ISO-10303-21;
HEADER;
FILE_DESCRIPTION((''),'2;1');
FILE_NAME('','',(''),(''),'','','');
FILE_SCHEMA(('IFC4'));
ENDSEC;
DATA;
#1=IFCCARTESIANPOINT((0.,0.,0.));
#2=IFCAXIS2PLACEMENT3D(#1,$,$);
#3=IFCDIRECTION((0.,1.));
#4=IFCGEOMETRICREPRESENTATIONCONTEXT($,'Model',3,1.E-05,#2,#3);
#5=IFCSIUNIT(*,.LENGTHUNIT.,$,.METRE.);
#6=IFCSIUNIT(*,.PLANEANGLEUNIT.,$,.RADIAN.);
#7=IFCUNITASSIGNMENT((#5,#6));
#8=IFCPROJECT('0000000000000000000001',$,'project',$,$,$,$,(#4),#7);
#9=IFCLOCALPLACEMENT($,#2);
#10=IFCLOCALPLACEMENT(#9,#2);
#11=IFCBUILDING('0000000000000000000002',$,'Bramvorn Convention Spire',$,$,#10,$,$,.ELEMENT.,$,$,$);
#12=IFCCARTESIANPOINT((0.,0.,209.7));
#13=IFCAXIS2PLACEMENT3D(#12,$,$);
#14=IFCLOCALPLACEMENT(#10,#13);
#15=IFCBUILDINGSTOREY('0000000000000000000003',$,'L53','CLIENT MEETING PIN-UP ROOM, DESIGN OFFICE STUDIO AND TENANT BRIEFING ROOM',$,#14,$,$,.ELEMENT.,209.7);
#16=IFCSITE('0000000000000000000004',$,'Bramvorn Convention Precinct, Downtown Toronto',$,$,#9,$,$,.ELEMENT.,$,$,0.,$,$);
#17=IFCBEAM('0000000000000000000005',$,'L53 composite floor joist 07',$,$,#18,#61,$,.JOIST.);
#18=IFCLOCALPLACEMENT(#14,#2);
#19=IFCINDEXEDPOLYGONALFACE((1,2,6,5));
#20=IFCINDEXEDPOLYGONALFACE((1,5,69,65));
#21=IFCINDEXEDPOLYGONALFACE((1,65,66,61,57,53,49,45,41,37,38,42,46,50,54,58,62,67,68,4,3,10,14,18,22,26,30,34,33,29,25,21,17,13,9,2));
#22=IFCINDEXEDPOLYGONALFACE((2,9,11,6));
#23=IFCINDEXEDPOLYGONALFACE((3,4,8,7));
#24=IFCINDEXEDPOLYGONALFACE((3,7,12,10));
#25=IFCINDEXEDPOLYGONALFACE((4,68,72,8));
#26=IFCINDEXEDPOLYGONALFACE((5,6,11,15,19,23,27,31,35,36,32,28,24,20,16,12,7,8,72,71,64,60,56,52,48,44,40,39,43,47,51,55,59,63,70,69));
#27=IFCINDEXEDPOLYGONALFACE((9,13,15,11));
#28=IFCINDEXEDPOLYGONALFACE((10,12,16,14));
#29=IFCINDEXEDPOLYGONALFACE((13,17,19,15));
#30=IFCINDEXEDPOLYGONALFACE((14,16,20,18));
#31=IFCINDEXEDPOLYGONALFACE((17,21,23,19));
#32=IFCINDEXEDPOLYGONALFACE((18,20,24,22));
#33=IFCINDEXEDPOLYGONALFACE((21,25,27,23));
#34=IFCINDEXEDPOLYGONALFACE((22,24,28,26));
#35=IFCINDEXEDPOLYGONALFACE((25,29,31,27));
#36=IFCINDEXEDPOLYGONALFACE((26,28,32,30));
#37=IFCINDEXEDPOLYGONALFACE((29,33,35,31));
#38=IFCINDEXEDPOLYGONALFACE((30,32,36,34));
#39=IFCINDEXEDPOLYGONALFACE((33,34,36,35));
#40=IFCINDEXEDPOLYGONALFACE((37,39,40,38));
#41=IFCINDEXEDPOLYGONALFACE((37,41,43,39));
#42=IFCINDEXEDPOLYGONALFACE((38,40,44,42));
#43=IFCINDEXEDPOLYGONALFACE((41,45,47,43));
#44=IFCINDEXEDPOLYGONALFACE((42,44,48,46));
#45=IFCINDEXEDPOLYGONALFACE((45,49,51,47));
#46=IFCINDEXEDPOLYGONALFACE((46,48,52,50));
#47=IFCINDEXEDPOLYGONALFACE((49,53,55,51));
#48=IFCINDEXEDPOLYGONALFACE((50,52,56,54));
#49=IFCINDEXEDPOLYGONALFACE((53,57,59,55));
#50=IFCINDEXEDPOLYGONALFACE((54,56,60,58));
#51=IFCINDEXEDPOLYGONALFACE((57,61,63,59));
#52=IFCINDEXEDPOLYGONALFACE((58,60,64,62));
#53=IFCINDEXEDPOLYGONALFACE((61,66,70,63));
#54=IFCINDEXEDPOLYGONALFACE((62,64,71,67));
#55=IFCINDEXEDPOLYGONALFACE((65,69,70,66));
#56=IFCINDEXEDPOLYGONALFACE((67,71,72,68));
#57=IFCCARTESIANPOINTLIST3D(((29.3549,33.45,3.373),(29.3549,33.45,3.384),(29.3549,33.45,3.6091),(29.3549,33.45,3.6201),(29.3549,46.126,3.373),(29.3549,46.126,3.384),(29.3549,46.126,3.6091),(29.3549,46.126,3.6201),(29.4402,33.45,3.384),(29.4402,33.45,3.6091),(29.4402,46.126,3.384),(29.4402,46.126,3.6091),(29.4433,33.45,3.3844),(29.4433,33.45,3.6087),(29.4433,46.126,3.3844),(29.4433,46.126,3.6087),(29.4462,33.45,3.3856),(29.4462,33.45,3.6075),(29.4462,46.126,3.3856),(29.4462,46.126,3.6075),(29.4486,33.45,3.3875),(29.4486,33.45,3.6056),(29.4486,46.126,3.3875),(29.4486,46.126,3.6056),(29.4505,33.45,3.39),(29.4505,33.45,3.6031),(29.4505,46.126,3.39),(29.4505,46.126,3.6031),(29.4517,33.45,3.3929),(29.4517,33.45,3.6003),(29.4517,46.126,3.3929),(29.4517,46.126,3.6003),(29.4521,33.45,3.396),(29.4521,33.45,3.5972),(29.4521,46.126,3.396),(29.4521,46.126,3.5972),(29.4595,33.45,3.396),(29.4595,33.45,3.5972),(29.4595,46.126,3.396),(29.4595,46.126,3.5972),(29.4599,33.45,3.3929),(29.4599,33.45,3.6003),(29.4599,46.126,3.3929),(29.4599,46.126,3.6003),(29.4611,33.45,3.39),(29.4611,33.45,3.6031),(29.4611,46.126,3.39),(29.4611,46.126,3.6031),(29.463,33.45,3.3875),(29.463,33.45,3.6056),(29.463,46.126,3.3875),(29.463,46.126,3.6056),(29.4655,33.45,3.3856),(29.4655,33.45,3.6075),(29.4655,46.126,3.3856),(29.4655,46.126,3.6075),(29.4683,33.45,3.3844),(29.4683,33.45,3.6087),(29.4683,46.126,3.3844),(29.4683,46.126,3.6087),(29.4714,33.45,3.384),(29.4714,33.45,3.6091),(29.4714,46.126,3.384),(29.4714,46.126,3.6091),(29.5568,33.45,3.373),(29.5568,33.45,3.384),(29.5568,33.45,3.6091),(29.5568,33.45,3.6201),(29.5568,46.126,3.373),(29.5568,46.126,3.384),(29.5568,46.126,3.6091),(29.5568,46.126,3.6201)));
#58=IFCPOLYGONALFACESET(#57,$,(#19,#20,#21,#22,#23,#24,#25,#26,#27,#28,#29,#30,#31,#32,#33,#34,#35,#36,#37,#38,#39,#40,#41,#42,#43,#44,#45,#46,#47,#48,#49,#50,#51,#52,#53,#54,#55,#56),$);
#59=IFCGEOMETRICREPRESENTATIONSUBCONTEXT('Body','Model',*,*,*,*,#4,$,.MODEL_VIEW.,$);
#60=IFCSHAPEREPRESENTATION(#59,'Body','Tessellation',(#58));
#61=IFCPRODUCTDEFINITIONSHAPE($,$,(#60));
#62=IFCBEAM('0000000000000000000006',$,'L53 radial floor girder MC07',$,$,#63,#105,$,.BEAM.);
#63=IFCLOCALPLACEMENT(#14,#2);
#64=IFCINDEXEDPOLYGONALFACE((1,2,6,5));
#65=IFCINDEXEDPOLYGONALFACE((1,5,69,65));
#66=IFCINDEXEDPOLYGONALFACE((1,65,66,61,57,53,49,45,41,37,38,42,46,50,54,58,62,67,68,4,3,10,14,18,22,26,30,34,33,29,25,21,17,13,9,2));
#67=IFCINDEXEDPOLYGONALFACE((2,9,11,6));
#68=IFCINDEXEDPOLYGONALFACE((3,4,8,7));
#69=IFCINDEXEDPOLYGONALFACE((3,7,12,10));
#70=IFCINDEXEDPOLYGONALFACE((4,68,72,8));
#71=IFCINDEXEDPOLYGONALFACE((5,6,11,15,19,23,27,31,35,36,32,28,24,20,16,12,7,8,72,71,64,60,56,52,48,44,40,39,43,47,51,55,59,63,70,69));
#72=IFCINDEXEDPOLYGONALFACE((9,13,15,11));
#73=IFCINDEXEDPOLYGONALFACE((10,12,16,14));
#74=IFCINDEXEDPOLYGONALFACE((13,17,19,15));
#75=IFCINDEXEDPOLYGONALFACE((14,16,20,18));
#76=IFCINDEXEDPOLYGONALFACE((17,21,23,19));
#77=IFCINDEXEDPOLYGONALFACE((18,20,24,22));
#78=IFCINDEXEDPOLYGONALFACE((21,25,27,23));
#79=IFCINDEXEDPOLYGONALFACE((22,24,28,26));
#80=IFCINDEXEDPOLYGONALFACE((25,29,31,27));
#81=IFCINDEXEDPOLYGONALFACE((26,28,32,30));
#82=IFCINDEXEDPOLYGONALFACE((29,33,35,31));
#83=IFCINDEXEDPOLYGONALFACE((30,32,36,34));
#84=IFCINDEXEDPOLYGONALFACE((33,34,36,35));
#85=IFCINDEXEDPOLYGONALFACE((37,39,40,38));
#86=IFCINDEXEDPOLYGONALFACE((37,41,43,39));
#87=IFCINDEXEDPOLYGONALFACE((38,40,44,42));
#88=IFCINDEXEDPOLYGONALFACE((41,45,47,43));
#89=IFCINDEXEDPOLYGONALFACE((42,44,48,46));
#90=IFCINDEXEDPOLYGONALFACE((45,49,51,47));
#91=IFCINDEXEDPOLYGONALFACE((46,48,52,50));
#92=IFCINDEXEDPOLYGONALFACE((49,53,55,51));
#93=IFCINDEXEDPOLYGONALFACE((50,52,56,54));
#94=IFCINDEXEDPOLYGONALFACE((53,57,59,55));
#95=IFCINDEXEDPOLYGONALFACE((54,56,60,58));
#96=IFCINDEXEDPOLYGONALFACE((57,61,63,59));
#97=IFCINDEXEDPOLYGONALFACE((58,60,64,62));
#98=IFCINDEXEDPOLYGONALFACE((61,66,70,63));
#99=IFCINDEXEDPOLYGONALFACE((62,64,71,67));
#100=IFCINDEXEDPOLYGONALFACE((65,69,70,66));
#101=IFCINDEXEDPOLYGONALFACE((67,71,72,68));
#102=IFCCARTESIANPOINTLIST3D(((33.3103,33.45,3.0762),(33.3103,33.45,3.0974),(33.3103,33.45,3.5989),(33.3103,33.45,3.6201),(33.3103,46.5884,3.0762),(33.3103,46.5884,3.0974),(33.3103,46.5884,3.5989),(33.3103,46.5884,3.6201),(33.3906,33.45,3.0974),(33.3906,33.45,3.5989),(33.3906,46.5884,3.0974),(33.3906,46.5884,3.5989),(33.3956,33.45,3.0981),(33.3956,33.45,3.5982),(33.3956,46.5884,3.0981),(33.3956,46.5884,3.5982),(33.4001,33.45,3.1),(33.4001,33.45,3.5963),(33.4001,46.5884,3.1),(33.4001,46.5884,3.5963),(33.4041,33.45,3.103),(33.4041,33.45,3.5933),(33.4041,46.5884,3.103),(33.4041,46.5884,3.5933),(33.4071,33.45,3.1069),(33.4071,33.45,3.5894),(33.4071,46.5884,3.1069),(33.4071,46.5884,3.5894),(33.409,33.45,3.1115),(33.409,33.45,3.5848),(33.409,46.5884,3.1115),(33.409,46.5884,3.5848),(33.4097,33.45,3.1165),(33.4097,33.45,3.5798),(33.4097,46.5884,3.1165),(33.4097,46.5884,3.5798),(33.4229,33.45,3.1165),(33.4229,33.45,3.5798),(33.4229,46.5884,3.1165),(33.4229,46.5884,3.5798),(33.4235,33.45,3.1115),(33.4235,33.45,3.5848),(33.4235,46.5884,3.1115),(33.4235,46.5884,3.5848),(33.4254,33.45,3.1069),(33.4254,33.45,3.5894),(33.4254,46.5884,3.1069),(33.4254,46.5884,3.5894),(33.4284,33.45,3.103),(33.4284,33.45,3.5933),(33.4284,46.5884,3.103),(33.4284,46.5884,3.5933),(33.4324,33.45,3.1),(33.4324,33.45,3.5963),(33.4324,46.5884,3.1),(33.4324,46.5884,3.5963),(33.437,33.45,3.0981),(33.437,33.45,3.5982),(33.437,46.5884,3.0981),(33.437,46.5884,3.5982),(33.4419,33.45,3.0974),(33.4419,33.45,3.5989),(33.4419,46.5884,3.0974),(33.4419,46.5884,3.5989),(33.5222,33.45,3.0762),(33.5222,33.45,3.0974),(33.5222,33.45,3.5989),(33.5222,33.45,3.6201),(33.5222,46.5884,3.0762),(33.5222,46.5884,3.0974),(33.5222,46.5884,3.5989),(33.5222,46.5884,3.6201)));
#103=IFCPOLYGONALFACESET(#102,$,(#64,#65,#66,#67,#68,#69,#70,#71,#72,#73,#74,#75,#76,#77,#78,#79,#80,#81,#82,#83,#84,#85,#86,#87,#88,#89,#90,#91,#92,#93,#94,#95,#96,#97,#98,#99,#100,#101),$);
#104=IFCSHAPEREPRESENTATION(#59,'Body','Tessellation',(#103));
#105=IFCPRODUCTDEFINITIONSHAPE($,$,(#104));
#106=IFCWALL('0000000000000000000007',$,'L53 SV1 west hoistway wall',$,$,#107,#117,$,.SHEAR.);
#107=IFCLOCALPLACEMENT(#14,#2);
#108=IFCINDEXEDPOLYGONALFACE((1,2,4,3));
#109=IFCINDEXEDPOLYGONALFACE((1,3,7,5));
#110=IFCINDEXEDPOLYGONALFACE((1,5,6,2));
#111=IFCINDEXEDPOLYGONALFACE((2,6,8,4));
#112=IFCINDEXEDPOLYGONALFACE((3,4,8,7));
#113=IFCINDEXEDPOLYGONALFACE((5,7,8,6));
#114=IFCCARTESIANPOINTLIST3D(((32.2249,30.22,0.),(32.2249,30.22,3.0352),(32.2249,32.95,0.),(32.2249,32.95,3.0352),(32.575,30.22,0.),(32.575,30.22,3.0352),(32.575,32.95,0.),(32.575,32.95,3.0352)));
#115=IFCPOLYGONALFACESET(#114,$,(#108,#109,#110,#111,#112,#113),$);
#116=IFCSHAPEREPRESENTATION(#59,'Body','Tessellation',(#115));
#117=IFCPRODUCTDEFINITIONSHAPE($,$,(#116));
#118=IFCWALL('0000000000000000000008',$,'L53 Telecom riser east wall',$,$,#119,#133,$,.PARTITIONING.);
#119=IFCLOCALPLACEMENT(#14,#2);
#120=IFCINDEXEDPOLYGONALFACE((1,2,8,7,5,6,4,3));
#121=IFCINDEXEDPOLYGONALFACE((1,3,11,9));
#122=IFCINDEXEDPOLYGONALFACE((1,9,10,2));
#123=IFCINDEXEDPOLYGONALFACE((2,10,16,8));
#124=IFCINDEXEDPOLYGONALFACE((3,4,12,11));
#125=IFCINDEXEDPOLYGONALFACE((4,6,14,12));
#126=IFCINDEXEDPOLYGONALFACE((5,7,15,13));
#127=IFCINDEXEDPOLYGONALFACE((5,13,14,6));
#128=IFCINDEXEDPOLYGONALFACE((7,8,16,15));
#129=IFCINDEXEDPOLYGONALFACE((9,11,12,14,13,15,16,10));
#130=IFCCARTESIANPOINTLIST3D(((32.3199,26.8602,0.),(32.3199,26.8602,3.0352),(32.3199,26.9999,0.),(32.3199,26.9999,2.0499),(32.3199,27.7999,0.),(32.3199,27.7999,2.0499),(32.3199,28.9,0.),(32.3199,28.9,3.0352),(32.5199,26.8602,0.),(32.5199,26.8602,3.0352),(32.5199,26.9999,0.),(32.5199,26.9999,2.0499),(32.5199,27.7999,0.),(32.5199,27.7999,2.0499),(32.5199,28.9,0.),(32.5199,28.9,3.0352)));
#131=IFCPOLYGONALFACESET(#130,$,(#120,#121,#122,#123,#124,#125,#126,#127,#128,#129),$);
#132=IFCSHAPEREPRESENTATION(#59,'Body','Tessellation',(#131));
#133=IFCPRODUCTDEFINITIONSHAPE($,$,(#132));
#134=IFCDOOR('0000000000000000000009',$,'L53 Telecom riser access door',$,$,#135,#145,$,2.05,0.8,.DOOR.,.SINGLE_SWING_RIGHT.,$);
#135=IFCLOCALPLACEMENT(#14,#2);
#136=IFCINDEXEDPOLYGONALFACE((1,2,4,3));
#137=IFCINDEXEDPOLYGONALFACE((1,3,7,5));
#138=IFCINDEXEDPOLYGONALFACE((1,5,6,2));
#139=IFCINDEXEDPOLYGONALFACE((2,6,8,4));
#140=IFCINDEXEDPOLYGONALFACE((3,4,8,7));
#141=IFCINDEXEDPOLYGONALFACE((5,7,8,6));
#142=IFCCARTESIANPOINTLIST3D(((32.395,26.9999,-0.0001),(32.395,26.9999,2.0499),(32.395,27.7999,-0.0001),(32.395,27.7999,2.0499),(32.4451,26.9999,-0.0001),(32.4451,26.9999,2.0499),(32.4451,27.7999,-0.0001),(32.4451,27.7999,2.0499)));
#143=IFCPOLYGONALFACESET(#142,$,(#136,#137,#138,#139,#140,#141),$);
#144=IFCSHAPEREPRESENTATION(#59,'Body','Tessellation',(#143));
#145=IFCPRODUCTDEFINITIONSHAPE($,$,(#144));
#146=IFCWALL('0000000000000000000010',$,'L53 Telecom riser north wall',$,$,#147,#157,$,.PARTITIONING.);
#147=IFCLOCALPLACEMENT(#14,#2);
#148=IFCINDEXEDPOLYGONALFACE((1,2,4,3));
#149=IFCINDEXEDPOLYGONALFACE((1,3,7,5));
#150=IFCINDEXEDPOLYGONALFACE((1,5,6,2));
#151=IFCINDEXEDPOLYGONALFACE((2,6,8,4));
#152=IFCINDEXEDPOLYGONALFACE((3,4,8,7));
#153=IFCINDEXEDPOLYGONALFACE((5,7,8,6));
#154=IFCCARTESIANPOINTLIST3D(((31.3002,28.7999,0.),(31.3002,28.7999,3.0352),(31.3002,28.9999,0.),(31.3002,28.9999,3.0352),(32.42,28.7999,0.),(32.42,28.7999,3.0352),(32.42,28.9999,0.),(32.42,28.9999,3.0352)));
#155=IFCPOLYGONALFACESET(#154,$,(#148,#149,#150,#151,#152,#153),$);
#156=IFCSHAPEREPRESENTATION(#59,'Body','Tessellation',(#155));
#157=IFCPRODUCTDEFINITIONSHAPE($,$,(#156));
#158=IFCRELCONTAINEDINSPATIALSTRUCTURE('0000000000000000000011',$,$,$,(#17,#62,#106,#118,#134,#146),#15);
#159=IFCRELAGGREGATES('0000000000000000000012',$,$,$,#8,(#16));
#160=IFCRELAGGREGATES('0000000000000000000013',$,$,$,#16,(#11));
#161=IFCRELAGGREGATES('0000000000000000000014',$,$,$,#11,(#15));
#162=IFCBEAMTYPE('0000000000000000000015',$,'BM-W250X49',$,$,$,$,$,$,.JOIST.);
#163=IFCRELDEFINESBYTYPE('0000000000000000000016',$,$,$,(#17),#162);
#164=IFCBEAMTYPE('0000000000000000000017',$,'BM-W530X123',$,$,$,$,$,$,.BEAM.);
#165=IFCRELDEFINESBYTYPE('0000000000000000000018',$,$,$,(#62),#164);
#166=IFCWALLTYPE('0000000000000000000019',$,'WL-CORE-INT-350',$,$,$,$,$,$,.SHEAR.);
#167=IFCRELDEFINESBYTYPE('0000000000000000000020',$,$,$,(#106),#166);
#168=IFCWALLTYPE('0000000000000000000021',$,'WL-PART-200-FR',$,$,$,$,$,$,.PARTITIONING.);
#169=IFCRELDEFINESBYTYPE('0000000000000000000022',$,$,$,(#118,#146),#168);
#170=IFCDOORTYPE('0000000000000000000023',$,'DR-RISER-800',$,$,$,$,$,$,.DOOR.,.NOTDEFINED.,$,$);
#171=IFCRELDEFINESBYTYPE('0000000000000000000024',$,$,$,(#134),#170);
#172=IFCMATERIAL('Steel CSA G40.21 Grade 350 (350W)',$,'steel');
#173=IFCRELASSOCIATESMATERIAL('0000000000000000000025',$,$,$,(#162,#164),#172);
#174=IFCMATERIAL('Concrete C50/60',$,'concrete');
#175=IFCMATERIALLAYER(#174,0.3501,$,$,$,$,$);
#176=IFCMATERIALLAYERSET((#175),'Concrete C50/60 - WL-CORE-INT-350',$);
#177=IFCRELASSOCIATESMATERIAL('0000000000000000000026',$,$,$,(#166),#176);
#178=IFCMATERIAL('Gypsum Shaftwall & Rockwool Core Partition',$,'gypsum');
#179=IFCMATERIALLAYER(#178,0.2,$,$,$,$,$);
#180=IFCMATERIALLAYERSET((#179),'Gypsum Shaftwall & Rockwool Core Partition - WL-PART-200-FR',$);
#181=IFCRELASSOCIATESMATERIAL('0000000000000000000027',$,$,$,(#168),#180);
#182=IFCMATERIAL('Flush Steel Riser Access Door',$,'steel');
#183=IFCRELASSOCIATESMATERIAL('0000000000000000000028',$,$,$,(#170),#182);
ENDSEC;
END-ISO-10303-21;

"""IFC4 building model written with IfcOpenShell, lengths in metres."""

from ifc_helpers import new_model, si_unit, direction, frame, frame_2d, origin, origin_2d, place, context, subcontext, project, spatial, rectangle, i_section, extrude, material, layer, layer_set, material_profile, profile_set, type_object, element, fill, save


model = new_model("IFC4")

# Units and contexts
model_context = context("Model", 3, precision=1e-05, world=origin(), true_north=direction((0.0, 1.0)))
body_context = subcontext(model_context, "Body", "Model", "MODEL_VIEW")
ifc_project = project(units=[si_unit("LENGTHUNIT", "METRE"), si_unit("PLANEANGLEUNIT", "RADIAN")], contexts=[model_context])

# Site, building, storey
site_placement = place(None, origin())
site = spatial("IfcSite", under=ifc_project, at=site_placement, Name="Bramvorn Convention Precinct, Downtown Toronto", CompositionType="ELEMENT", RefElevation=0.0)
building_placement = place(site_placement, origin())
building = spatial("IfcBuilding", under=site, at=building_placement, Name="Bramvorn Convention Spire", CompositionType="ELEMENT")
storey_placement = place(building_placement, frame((0.0, 0.0, 209.7)))
storey = spatial("IfcBuildingStorey", under=building, at=storey_placement, Name="L53", Description="CLIENT MEETING PIN-UP ROOM, DESIGN OFFICE STUDIO AND TENANT BRIEFING ROOM", CompositionType="ELEMENT", Elevation=209.7)

# Beams
ifc_material_1 = material(Name="Steel CSA G40.21 Grade 350 (350W)", Category="steel")
ifc_material_profile_1 = material_profile(ifc_material_1, i_section(OverallWidth=0.2019, OverallDepth=0.2471, WebThickness=0.0073, FlangeThickness=0.011, FilletRadius=0.012, at=origin_2d()))
ifc_profile_set_1 = profile_set([ifc_material_profile_1], Name="Steel CSA G40.21 Grade 350 (350W) - W250X49")
beam_type_1 = type_object("IfcBeamType", Name="BM-W250X49", PredefinedType="JOIST", material=ifc_profile_set_1)
beam_1_placement = place(storey_placement, frame((29.4558, 33.45, 3.4966), z_axis=(0.0, 1.0, 0.0), x_axis=(-1.0, 0.0, 0.0)))
element("IfcBeam", 1, at=beam_1_placement, inside=storey, type_object=beam_type_1, Name="L53 composite floor joist 07", PredefinedType="JOIST", context=body_context, shape_type="SweptSolid", body=[
    extrude(i_section(OverallWidth=0.2019, OverallDepth=0.2471, WebThickness=0.0073, FlangeThickness=0.011, FilletRadius=0.012, at=origin_2d()), origin(), (0.0, 0.0, 1.0), 12.676),
])
ifc_material_profile_2 = material_profile(ifc_material_1, i_section(OverallWidth=0.2119, OverallDepth=0.5439, WebThickness=0.0132, FlangeThickness=0.0212, FilletRadius=0.019, at=origin_2d()))
ifc_profile_set_2 = profile_set([ifc_material_profile_2], Name="Steel CSA G40.21 Grade 350 (350W) - W530X123")
beam_type_2 = type_object("IfcBeamType", Name="BM-W530X123", PredefinedType="BEAM", material=ifc_profile_set_2)
beam_2_placement = place(storey_placement, frame((33.4163, 33.45, 3.3481), z_axis=(0.0, 1.0, 0.0), x_axis=(-1.0, 0.0, 0.0)))
element("IfcBeam", 2, at=beam_2_placement, inside=storey, type_object=beam_type_2, Name="L53 radial floor girder MC07", PredefinedType="BEAM", context=body_context, shape_type="SweptSolid", body=[
    extrude(i_section(OverallWidth=0.2119, OverallDepth=0.5439, WebThickness=0.0132, FlangeThickness=0.0212, FilletRadius=0.019, at=origin_2d()), origin(), (0.0, 0.0, 1.0), 13.1384),
])

# Shared definitions
ifc_material_2 = material(Name="Concrete C50/60", Category="concrete")
ifc_layer_1 = layer(ifc_material_2, 0.3501)
ifc_layer_set_1 = layer_set([ifc_layer_1], Name="Concrete C50/60 - WL-CORE-INT-350")
wall_type_1 = type_object("IfcWallType", Name="WL-CORE-INT-350", PredefinedType="SHEAR", material=ifc_layer_set_1)

# Wall
wall_1_placement = place(storey_placement, frame((32.3999, 30.22, 0.0), z_axis=(0.0, 0.0, 1.0), x_axis=(0.0, 1.0, 0.0)))
element("IfcWall", 3, at=wall_1_placement, inside=storey, type_object=wall_type_1, Name="L53 SV1 west hoistway wall", PredefinedType="SHEAR", context=body_context, shape_type="SweptSolid", body=[
    extrude(rectangle(XDim=2.73, YDim=0.3501, at=frame_2d((1.365, 0.0))), origin(), (0.0, 0.0, 1.0), 3.0352),
])

# Wall, opening, door
ifc_material_3 = material(Name="Gypsum Shaftwall & Rockwool Core Partition", Category="gypsum")
ifc_layer_2 = layer(ifc_material_3, 0.2)
ifc_layer_set_2 = layer_set([ifc_layer_2], Name="Gypsum Shaftwall & Rockwool Core Partition - WL-PART-200-FR")
wall_type_2 = type_object("IfcWallType", Name="WL-PART-200-FR", PredefinedType="PARTITIONING", material=ifc_layer_set_2)
wall_2_placement = place(storey_placement, frame((32.4199, 26.8601, 0.0), z_axis=(0.0, 0.0, 1.0), x_axis=(0.0, 1.0, 0.0)))
wall_2 = element("IfcWall", 4, at=wall_2_placement, inside=storey, type_object=wall_type_2, Name="L53 Telecom riser east wall", PredefinedType="PARTITIONING", context=body_context, shape_type="SweptSolid", body=[
    extrude(rectangle(XDim=2.0398, YDim=0.2, at=frame_2d((1.02, 0.0))), origin(), (0.0, 0.0, 1.0), 3.0352),
])
opening_1_placement = place(wall_2_placement, frame((0.1399, 0.0, 0.0)))
opening_1 = element("IfcOpeningElement", 5, at=opening_1_placement, cuts=wall_2, PredefinedType="OPENING", context=body_context, shape_type="SweptSolid", body=[
    extrude(rectangle(XDim=0.8, YDim=2.05, at=frame_2d((0.3999, 1.0249))), frame((0.0, 0.1099, 0.0), z_axis=(0.0, -1.0, 0.0), x_axis=(1.0, 0.0, 0.0)), (0.0, 0.0, 1.0), 0.22),
])
ifc_material_4 = material(Name="Flush Steel Riser Access Door", Category="steel")
door_type_1 = type_object("IfcDoorType", Name="DR-RISER-800", OperationType="NOTDEFINED", PredefinedType="DOOR", material=ifc_material_4)
door_1_placement = place(opening_1_placement, origin())
door_1 = element("IfcDoor", 6, at=door_1_placement, inside=storey, type_object=door_type_1, Name="L53 Telecom riser access door", OperationType="SINGLE_SWING_RIGHT", OverallHeight=2.05, OverallWidth=0.8, PredefinedType="DOOR", context=body_context, shape_type="SweptSolid", body=[
    extrude(rectangle(XDim=0.8, YDim=2.05, at=frame_2d((0.3999, 1.0249))), frame((0.0, 0.0249, 0.0), z_axis=(0.0, -1.0, 0.0), x_axis=(1.0, 0.0, 0.0)), (0.0, 0.0, 1.0), 0.05),
])
fill(opening_1, door_1)

# Wall
wall_3_placement = place(storey_placement, frame((31.3, 28.8999, 0.0), z_axis=(0.0, 0.0, 1.0), x_axis=(1.0, 0.0, 0.0)))
element("IfcWall", 7, at=wall_3_placement, inside=storey, type_object=wall_type_2, Name="L53 Telecom riser north wall", PredefinedType="PARTITIONING", context=body_context, shape_type="SweptSolid", body=[
    extrude(rectangle(XDim=1.1199, YDim=0.2, at=frame_2d((0.5601, 0.0))), origin(), (0.0, 0.0, 1.0), 3.0352),
])

save(model, "model.ifc")
